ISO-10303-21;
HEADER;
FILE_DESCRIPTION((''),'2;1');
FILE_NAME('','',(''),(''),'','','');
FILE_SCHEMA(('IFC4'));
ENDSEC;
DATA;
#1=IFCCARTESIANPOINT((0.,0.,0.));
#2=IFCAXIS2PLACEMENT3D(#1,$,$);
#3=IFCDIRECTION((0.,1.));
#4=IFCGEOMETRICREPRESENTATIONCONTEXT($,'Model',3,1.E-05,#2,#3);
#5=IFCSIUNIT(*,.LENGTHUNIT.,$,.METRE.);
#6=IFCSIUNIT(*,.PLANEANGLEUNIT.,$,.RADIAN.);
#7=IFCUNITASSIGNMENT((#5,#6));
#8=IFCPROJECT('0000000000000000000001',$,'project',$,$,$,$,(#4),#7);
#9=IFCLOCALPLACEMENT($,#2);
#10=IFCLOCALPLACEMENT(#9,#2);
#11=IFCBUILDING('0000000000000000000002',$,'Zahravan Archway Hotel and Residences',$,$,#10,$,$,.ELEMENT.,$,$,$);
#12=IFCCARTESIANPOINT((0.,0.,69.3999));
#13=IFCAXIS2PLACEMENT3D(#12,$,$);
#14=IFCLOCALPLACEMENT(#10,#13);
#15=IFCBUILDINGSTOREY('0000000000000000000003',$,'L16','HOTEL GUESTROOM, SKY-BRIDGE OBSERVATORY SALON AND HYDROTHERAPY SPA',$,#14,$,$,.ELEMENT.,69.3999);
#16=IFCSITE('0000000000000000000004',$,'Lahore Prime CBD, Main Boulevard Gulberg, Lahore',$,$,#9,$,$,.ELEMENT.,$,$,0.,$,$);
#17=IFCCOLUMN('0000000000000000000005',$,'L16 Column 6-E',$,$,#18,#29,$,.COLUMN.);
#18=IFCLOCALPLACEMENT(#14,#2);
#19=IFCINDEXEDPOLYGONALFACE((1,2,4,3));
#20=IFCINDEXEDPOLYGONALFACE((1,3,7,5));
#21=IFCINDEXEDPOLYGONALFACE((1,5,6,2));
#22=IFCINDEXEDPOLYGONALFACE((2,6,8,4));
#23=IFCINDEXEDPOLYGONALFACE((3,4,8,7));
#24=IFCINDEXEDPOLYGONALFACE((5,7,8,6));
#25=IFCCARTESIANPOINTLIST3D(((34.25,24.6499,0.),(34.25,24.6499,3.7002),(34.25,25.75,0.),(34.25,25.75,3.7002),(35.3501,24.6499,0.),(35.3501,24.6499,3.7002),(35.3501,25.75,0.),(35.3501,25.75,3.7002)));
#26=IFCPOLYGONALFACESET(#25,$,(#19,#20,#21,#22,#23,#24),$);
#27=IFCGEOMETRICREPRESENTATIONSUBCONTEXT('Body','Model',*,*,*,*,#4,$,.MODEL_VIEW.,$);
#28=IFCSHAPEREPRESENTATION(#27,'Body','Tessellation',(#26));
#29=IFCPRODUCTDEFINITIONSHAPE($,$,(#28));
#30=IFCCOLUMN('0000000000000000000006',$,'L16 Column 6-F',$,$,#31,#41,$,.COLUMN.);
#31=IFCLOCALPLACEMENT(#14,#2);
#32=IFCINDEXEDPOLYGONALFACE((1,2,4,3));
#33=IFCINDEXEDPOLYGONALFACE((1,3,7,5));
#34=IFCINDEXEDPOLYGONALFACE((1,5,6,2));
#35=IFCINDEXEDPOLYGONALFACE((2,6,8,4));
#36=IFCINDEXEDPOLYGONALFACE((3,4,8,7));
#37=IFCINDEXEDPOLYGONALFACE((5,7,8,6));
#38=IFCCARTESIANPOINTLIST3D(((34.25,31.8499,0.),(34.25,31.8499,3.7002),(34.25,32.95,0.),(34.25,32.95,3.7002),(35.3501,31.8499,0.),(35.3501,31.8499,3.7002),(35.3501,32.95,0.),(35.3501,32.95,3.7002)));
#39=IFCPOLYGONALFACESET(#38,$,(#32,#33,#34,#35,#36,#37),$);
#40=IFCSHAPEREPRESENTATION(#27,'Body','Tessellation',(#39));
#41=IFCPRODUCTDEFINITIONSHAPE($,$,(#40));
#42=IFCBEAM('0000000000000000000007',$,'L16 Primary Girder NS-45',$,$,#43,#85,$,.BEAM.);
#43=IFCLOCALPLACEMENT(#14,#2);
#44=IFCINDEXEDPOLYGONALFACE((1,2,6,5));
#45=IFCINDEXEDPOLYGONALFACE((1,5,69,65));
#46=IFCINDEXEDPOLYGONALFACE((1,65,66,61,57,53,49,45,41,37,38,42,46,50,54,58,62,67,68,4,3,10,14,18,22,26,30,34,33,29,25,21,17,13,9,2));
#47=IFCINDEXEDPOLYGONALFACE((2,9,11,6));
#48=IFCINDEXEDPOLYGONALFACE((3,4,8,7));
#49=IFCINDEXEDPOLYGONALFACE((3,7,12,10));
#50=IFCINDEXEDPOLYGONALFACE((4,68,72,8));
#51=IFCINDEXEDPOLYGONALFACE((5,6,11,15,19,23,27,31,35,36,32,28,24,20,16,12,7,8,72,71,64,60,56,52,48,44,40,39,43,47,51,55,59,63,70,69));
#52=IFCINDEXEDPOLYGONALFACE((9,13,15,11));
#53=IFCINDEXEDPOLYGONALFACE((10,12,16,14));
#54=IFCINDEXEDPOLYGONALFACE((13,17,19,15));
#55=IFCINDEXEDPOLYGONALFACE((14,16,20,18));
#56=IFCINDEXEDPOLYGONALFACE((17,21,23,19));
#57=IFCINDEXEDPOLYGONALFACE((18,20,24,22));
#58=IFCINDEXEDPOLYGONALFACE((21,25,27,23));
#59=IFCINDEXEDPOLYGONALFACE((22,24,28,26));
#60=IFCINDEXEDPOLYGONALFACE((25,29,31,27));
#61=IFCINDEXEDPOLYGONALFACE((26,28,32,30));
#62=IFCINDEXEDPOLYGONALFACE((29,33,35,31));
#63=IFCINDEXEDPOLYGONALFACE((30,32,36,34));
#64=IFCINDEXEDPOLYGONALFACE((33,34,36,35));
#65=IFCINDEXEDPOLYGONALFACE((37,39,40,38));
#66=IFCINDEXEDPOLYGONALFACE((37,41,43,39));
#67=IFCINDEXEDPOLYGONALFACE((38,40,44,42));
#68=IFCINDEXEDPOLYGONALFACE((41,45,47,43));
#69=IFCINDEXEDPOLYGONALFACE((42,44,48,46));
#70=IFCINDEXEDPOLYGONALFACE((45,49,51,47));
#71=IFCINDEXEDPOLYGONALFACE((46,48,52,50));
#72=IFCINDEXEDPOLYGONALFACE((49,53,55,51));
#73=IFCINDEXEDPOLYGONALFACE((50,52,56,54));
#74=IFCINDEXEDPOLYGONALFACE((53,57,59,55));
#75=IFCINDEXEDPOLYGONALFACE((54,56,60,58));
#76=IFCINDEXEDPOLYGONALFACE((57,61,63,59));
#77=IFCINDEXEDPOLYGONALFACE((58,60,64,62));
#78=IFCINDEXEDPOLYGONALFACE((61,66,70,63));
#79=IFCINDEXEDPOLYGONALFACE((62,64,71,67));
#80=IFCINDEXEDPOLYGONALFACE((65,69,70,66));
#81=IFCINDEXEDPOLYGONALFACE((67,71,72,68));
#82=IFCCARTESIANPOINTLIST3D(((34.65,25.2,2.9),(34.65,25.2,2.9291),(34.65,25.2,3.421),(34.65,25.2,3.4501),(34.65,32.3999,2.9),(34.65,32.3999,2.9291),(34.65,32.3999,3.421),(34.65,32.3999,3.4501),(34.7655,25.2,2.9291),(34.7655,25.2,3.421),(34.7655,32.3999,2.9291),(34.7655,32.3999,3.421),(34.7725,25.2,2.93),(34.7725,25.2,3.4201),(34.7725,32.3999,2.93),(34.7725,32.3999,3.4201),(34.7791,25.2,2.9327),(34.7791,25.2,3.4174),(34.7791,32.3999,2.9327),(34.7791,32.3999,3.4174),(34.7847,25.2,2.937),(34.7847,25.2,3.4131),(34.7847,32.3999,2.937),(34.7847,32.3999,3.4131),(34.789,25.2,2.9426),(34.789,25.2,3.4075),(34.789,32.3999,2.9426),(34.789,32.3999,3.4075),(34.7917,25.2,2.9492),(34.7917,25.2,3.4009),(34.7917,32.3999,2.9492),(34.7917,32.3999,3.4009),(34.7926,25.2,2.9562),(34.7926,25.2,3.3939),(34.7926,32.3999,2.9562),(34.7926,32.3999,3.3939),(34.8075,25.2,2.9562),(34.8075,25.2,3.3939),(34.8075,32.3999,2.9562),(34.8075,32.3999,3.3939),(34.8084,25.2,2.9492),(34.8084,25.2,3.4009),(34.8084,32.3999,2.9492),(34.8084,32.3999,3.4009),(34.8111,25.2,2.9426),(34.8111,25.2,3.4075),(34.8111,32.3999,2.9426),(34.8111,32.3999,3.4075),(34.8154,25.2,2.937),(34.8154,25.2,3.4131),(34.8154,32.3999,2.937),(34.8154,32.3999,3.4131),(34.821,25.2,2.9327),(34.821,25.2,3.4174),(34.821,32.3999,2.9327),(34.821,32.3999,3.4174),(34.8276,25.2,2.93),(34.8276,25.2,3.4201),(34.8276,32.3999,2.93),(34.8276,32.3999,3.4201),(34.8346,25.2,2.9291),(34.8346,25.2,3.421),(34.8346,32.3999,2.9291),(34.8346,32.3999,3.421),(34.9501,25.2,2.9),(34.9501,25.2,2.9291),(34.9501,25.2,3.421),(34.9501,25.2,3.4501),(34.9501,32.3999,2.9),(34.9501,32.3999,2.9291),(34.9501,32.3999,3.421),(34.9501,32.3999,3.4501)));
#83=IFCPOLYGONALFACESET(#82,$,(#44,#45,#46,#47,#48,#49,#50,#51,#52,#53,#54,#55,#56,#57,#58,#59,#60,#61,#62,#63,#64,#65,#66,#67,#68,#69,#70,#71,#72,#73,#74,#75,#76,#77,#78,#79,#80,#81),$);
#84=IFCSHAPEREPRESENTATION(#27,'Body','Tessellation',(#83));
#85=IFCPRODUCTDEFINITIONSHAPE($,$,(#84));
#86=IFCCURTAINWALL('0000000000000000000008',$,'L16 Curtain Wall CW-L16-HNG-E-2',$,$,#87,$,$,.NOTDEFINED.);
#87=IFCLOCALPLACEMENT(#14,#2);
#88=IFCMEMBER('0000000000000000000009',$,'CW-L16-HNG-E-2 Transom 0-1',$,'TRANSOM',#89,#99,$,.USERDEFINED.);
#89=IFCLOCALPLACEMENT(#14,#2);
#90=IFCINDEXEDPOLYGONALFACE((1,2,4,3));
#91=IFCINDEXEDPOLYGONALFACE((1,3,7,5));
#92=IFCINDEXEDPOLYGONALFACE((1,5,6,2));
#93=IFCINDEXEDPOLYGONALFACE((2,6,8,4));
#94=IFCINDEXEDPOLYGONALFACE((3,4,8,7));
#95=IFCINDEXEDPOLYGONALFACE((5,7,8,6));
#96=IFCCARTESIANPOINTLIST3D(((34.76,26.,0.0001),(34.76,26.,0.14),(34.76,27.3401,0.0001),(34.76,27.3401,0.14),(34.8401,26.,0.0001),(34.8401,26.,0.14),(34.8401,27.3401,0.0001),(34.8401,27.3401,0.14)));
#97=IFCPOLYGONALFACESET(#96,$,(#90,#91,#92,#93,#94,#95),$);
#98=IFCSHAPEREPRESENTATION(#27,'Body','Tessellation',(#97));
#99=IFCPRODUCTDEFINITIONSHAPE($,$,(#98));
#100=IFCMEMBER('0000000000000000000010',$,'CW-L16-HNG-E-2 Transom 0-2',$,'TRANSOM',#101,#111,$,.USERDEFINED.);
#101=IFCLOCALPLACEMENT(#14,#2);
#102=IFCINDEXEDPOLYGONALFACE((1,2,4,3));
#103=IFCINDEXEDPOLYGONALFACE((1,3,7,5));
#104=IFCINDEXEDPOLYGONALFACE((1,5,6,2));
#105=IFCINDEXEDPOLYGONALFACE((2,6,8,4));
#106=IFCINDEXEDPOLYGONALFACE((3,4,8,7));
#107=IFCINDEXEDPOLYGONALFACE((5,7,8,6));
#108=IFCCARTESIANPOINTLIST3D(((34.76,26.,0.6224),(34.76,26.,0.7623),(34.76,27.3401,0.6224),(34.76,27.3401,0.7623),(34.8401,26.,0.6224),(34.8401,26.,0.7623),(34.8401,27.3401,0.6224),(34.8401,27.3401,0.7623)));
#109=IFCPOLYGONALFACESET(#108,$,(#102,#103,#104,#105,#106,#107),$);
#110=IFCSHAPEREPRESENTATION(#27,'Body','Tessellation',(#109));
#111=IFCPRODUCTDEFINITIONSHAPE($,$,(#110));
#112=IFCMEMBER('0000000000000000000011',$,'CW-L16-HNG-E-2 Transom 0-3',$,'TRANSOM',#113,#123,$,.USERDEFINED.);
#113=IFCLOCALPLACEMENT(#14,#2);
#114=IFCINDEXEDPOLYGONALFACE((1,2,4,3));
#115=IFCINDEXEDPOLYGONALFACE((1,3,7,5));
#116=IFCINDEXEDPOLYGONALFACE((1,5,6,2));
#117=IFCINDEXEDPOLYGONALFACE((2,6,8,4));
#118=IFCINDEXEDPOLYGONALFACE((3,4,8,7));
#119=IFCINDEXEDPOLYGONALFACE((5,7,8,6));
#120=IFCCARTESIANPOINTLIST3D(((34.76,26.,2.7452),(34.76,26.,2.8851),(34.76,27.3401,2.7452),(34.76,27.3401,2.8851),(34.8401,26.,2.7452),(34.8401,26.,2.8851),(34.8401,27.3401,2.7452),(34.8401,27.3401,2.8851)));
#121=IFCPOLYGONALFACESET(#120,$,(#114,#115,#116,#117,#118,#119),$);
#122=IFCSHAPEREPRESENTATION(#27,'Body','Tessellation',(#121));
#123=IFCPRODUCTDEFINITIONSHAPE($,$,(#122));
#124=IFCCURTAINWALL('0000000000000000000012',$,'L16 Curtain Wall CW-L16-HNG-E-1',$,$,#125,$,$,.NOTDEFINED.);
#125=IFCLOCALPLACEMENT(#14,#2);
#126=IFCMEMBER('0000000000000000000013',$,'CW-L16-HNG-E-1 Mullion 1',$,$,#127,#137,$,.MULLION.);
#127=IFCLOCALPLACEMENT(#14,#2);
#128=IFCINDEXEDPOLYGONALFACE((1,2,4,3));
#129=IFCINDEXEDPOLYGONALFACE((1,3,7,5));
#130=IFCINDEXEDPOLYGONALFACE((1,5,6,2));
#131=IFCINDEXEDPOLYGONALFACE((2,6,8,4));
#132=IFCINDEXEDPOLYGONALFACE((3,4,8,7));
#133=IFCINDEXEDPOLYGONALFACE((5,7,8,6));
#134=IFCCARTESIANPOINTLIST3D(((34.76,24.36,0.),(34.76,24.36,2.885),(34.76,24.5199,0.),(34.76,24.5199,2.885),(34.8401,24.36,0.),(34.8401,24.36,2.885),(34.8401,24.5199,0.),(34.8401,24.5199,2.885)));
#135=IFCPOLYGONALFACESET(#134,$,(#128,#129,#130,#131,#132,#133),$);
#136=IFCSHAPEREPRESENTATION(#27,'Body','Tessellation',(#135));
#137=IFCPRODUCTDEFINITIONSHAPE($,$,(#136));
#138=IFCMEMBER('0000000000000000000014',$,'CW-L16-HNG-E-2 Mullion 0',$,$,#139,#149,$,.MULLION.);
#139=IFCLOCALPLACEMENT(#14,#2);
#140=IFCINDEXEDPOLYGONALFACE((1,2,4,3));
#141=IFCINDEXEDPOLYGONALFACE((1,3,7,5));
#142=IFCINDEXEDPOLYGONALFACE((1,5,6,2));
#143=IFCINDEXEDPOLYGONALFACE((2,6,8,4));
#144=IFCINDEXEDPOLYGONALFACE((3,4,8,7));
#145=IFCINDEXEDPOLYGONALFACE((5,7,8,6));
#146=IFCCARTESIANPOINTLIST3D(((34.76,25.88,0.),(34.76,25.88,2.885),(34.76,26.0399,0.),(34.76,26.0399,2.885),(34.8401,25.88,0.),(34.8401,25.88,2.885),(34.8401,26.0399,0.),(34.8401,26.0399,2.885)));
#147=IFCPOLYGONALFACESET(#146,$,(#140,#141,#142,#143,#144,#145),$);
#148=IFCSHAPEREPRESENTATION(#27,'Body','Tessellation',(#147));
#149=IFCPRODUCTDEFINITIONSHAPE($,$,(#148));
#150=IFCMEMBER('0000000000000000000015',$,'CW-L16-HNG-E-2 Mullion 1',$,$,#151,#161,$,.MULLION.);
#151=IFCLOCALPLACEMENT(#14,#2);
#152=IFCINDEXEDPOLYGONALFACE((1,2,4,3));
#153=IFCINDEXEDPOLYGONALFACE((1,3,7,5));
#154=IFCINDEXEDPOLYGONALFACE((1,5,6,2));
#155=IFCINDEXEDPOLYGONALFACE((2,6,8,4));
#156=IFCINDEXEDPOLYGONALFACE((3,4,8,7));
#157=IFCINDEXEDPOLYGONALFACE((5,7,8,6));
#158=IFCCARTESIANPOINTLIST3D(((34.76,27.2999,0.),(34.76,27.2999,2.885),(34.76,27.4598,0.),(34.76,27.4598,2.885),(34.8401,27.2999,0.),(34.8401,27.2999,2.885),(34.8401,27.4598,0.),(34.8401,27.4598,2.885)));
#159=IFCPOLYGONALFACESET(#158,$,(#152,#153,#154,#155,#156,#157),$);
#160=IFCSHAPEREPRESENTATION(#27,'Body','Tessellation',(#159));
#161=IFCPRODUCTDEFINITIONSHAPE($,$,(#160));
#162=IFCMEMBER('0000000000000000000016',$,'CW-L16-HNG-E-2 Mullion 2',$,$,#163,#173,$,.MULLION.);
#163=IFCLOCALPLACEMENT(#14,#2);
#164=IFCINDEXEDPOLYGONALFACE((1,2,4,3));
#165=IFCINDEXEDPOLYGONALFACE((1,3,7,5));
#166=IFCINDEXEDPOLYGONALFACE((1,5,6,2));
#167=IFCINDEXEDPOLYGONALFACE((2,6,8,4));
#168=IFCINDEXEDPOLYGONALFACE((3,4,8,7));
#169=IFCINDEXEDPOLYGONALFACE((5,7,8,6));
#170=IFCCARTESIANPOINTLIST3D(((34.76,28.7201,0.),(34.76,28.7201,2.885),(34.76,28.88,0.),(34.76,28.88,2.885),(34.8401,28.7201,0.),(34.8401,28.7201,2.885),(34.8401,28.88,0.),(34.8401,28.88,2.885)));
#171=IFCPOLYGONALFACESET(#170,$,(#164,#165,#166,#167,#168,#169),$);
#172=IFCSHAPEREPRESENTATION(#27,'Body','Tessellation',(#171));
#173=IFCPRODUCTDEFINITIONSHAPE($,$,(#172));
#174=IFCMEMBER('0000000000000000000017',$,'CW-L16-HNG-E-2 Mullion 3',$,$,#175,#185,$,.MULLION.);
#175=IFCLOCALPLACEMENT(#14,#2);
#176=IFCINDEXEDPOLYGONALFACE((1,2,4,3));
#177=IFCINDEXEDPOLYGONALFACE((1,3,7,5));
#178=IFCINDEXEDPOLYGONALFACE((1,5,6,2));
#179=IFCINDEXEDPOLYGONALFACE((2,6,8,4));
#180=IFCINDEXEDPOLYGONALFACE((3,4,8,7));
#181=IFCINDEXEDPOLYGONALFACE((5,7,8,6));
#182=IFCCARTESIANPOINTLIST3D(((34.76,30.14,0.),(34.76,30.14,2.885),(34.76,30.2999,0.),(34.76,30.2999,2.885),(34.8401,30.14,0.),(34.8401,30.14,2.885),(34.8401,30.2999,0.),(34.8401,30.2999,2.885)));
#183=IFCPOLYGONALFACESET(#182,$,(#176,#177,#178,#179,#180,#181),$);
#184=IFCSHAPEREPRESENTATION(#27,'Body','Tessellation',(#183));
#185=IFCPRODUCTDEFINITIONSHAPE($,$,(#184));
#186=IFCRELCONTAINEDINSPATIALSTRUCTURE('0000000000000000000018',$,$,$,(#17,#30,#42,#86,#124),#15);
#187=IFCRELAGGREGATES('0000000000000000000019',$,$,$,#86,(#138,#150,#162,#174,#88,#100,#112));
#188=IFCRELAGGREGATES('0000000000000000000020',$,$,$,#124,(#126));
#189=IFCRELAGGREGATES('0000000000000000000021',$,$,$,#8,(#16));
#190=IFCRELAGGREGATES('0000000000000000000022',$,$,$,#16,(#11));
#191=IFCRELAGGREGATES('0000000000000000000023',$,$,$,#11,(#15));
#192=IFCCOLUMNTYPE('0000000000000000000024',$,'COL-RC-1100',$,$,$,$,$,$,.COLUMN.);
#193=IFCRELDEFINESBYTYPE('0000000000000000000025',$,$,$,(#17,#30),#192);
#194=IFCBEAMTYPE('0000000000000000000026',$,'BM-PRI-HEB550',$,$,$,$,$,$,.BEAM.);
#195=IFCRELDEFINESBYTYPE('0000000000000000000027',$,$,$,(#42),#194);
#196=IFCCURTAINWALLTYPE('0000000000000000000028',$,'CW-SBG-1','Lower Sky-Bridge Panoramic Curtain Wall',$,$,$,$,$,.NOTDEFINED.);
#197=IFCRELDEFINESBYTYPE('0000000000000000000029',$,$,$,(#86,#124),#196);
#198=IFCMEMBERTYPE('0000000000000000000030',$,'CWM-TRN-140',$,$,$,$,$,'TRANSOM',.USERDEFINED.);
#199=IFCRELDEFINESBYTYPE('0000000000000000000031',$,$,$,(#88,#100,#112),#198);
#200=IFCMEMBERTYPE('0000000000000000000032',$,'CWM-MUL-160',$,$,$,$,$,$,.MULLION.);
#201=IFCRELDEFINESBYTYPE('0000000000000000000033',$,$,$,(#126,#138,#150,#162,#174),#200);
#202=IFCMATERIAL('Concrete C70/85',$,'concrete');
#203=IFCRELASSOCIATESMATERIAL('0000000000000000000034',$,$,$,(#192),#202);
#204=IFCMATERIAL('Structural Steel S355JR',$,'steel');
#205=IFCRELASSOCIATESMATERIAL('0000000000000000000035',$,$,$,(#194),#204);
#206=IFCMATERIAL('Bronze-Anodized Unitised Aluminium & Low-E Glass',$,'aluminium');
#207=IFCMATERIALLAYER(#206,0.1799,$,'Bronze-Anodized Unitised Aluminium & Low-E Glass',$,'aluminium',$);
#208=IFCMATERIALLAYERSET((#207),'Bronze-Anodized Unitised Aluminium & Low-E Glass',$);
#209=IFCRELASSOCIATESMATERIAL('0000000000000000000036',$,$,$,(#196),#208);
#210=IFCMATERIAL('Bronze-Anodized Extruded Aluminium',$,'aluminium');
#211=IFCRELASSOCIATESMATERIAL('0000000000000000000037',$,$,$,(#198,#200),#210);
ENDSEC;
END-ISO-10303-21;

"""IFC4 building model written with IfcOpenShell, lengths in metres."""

from ifc_helpers import new_model, si_unit, direction, frame, origin, origin_2d, place, context, subcontext, project, spatial, rectangle, i_section, extrude, source, transform, mapped, material, layer, layer_set, material_profile, profile_set, type_object, element, aggregate, save


model = new_model("IFC4")

# Units and contexts
model_context = context("Model", 3, precision=1e-05, world=origin(), true_north=direction((0.0, 1.0)))
body_context = subcontext(model_context, "Body", "Model", "MODEL_VIEW")
ifc_project = project(units=[si_unit("LENGTHUNIT", "METRE"), si_unit("PLANEANGLEUNIT", "RADIAN")], contexts=[model_context])

# Site, building, storey
site_placement = place(None, origin())
site = spatial("IfcSite", under=ifc_project, at=site_placement, Name="Lahore Prime CBD, Main Boulevard Gulberg, Lahore", CompositionType="ELEMENT", RefElevation=0.0)
building_placement = place(site_placement, origin())
building = spatial("IfcBuilding", under=site, at=building_placement, Name="Zahravan Archway Hotel and Residences", CompositionType="ELEMENT")
storey_placement = place(building_placement, frame((0.0, 0.0, 69.3999)))
storey = spatial("IfcBuildingStorey", under=building, at=storey_placement, Name="L16", Description="HOTEL GUESTROOM, SKY-BRIDGE OBSERVATORY SALON AND HYDROTHERAPY SPA", CompositionType="ELEMENT", Elevation=69.3999)

# Columns
ifc_material_1 = material(Name="Concrete C70/85", Category="concrete")
ifc_material_profile_1 = material_profile(ifc_material_1, rectangle(XDim=1.1001, YDim=1.1001, at=origin_2d()), Name="RC 1100x1100", Category="concrete")
ifc_profile_set_1 = profile_set([ifc_material_profile_1], Name="Concrete C70/85")
column_type = type_object("IfcColumnType", Name="COL-RC-1100", PredefinedType="COLUMN", material=ifc_profile_set_1)
shared_shape_1 = source(origin(), body_context, "Body", "SweptSolid", [
    extrude(rectangle(XDim=1.1001, YDim=1.1001, at=origin_2d()), origin(), (0.0, 0.0, 1.0), 3.7002),
])
for number, where, z_axis, x_axis, name in (
    (1, (34.8, 25.2, 0.0), (0.0, 0.0, 1.0), (1.0, 0.0, 0.0), "L16 Column 6-E"),
    (2, (34.8, 32.3999, 0.0), (0.0, 0.0, 1.0), (1.0, 0.0, 0.0), "L16 Column 6-F"),
):
    element("IfcColumn", number, at=place(storey_placement, frame(where, z_axis=z_axis, x_axis=x_axis)), inside=storey, type_object=column_type, Name=name, PredefinedType="COLUMN", context=body_context, shape_type="MappedRepresentation", body=[
        mapped(shared_shape_1, transform((0.0, 0.0, 0.0), scale=1.0)),
    ])

# Beam
ifc_material_2 = material(Name="Structural Steel S355JR", Category="steel")
ifc_material_profile_2 = material_profile(ifc_material_2, i_section(OverallWidth=0.3, OverallDepth=0.55, WebThickness=0.0149, FlangeThickness=0.0291, FilletRadius=0.0271, at=origin_2d()), Name="HEB 550", Category="steel")
ifc_profile_set_2 = profile_set([ifc_material_profile_2], Name="Structural Steel S355JR")
beam_type = type_object("IfcBeamType", Name="BM-PRI-HEB550", PredefinedType="BEAM", material=ifc_profile_set_2)
shared_shape_2 = source(origin(), body_context, "Body", "SweptSolid", [
    extrude(i_section(OverallWidth=0.3, OverallDepth=0.55, WebThickness=0.0149, FlangeThickness=0.0291, FilletRadius=0.0271, at=origin_2d()), origin(), (0.0, 0.0, 1.0), 7.2),
])
beam_placement = place(storey_placement, frame((34.8, 25.2, 3.175), z_axis=(0.0, 1.0, 0.0), x_axis=(-1.0, 0.0, 0.0)))
element("IfcBeam", 3, at=beam_placement, inside=storey, type_object=beam_type, Name="L16 Primary Girder NS-45", PredefinedType="BEAM", context=body_context, shape_type="MappedRepresentation", body=[
    mapped(shared_shape_2, transform((0.0, 0.0, 0.0), scale=1.0)),
])

# Curtain wall, members
ifc_material_3 = material(Name="Bronze-Anodized Unitised Aluminium & Low-E Glass", Category="aluminium")
ifc_layer_1 = layer(ifc_material_3, 0.1799, Name="Bronze-Anodized Unitised Aluminium & Low-E Glass", Category="aluminium")
ifc_layer_set_1 = layer_set([ifc_layer_1], Name="Bronze-Anodized Unitised Aluminium & Low-E Glass")
curtain_wall_type = type_object("IfcCurtainWallType", Name="CW-SBG-1", Description="Lower Sky-Bridge Panoramic Curtain Wall", PredefinedType="NOTDEFINED", material=ifc_layer_set_1)
curtain_wall_1_placement = place(storey_placement, origin())
curtain_wall_1 = element("IfcCurtainWall", 4, at=curtain_wall_1_placement, inside=storey, type_object=curtain_wall_type, Name="L16 Curtain Wall CW-L16-HNG-E-2", PredefinedType="NOTDEFINED")
ifc_material_4 = material(Name="Bronze-Anodized Extruded Aluminium", Category="aluminium")
ifc_material_profile_3 = material_profile(ifc_material_4, rectangle(XDim=0.0801, YDim=0.1399, at=origin_2d()), Name="TRN 80x140", Category="aluminium")
ifc_profile_set_3 = profile_set([ifc_material_profile_3], Name="Bronze-Anodized Extruded Aluminium")
member_type_1 = type_object("IfcMemberType", Name="CWM-TRN-140", ElementType="TRANSOM", PredefinedType="USERDEFINED", material=ifc_profile_set_3)
shared_shape_3 = source(origin(), body_context, "Body", "SweptSolid", [
    extrude(rectangle(XDim=0.0801, YDim=0.1399, at=origin_2d()), origin(), (0.0, 0.0, 1.0), 1.3401),
])
member_1_placement = place(storey_placement, frame((34.8, 26.0, 0.0701), z_axis=(0.0, 1.0, 0.0), x_axis=(-1.0, 0.0, 0.0)))
member_1 = element("IfcMember", 5, at=member_1_placement, type_object=member_type_1, Name="CW-L16-HNG-E-2 Transom 0-1", ObjectType="TRANSOM", PredefinedType="USERDEFINED", context=body_context, shape_type="MappedRepresentation", body=[
    mapped(shared_shape_3, transform((0.0, 0.0, 0.0), scale=1.0)),
])
member_2_placement = place(storey_placement, frame((34.8, 26.0, 0.6924), z_axis=(0.0, 1.0, 0.0), x_axis=(-1.0, 0.0, 0.0)))
member_2 = element("IfcMember", 6, at=member_2_placement, type_object=member_type_1, Name="CW-L16-HNG-E-2 Transom 0-2", ObjectType="TRANSOM", PredefinedType="USERDEFINED", context=body_context, shape_type="MappedRepresentation", body=[
    mapped(shared_shape_3, transform((0.0, 0.0, 0.0), scale=1.0)),
])
member_3_placement = place(storey_placement, frame((34.8, 26.0, 2.8152), z_axis=(0.0, 1.0, 0.0), x_axis=(-1.0, 0.0, 0.0)))
member_3 = element("IfcMember", 7, at=member_3_placement, type_object=member_type_1, Name="CW-L16-HNG-E-2 Transom 0-3", ObjectType="TRANSOM", PredefinedType="USERDEFINED", context=body_context, shape_type="MappedRepresentation", body=[
    mapped(shared_shape_3, transform((0.0, 0.0, 0.0), scale=1.0)),
])

# Curtain wall, member
curtain_wall_2_placement = place(storey_placement, origin())
curtain_wall_2 = element("IfcCurtainWall", 8, at=curtain_wall_2_placement, inside=storey, type_object=curtain_wall_type, Name="L16 Curtain Wall CW-L16-HNG-E-1", PredefinedType="NOTDEFINED")
ifc_material_profile_4 = material_profile(ifc_material_4, rectangle(XDim=0.0801, YDim=0.1599, at=origin_2d()), Name="MUL 80x160", Category="aluminium")
ifc_profile_set_4 = profile_set([ifc_material_profile_4], Name="Bronze-Anodized Extruded Aluminium")
member_type_2 = type_object("IfcMemberType", Name="CWM-MUL-160", PredefinedType="MULLION", material=ifc_profile_set_4)
shared_shape_4 = source(origin(), body_context, "Body", "SweptSolid", [
    extrude(rectangle(XDim=0.0801, YDim=0.1599, at=origin_2d()), origin(), (0.0, 0.0, 1.0), 2.885),
])
member_4_placement = place(storey_placement, frame((34.8, 24.4399, 0.0), z_axis=(0.0, 0.0, 1.0), x_axis=(1.0, 0.0, 0.0)))
member_4 = element("IfcMember", 9, at=member_4_placement, type_object=member_type_2, Name="CW-L16-HNG-E-1 Mullion 1", PredefinedType="MULLION", context=body_context, shape_type="MappedRepresentation", body=[
    mapped(shared_shape_4, transform((0.0, 0.0, 0.0), scale=1.0)),
])

# Members
member_5_placement = place(storey_placement, frame((34.8, 25.96, 0.0), z_axis=(0.0, 0.0, 1.0), x_axis=(1.0, 0.0, 0.0)))
member_5 = element("IfcMember", 10, at=member_5_placement, type_object=member_type_2, Name="CW-L16-HNG-E-2 Mullion 0", PredefinedType="MULLION", context=body_context, shape_type="MappedRepresentation", body=[
    mapped(shared_shape_4, transform((0.0, 0.0, 0.0), scale=1.0)),
])
member_6_placement = place(storey_placement, frame((34.8, 27.3799, 0.0), z_axis=(0.0, 0.0, 1.0), x_axis=(1.0, 0.0, 0.0)))
member_6 = element("IfcMember", 11, at=member_6_placement, type_object=member_type_2, Name="CW-L16-HNG-E-2 Mullion 1", PredefinedType="MULLION", context=body_context, shape_type="MappedRepresentation", body=[
    mapped(shared_shape_4, transform((0.0, 0.0, 0.0), scale=1.0)),
])
member_7_placement = place(storey_placement, frame((34.8, 28.8, 0.0), z_axis=(0.0, 0.0, 1.0), x_axis=(1.0, 0.0, 0.0)))
member_7 = element("IfcMember", 12, at=member_7_placement, type_object=member_type_2, Name="CW-L16-HNG-E-2 Mullion 2", PredefinedType="MULLION", context=body_context, shape_type="MappedRepresentation", body=[
    mapped(shared_shape_4, transform((0.0, 0.0, 0.0), scale=1.0)),
])
member_8_placement = place(storey_placement, frame((34.8, 30.22, 0.0), z_axis=(0.0, 0.0, 1.0), x_axis=(1.0, 0.0, 0.0)))
member_8 = element("IfcMember", 13, at=member_8_placement, type_object=member_type_2, Name="CW-L16-HNG-E-2 Mullion 3", PredefinedType="MULLION", context=body_context, shape_type="MappedRepresentation", body=[
    mapped(shared_shape_4, transform((0.0, 0.0, 0.0), scale=1.0)),
])

aggregate(curtain_wall_1, [member_5, member_6, member_7, member_8, member_1, member_2, member_3])
aggregate(curtain_wall_2, [member_4])

save(model, "model.ifc")
